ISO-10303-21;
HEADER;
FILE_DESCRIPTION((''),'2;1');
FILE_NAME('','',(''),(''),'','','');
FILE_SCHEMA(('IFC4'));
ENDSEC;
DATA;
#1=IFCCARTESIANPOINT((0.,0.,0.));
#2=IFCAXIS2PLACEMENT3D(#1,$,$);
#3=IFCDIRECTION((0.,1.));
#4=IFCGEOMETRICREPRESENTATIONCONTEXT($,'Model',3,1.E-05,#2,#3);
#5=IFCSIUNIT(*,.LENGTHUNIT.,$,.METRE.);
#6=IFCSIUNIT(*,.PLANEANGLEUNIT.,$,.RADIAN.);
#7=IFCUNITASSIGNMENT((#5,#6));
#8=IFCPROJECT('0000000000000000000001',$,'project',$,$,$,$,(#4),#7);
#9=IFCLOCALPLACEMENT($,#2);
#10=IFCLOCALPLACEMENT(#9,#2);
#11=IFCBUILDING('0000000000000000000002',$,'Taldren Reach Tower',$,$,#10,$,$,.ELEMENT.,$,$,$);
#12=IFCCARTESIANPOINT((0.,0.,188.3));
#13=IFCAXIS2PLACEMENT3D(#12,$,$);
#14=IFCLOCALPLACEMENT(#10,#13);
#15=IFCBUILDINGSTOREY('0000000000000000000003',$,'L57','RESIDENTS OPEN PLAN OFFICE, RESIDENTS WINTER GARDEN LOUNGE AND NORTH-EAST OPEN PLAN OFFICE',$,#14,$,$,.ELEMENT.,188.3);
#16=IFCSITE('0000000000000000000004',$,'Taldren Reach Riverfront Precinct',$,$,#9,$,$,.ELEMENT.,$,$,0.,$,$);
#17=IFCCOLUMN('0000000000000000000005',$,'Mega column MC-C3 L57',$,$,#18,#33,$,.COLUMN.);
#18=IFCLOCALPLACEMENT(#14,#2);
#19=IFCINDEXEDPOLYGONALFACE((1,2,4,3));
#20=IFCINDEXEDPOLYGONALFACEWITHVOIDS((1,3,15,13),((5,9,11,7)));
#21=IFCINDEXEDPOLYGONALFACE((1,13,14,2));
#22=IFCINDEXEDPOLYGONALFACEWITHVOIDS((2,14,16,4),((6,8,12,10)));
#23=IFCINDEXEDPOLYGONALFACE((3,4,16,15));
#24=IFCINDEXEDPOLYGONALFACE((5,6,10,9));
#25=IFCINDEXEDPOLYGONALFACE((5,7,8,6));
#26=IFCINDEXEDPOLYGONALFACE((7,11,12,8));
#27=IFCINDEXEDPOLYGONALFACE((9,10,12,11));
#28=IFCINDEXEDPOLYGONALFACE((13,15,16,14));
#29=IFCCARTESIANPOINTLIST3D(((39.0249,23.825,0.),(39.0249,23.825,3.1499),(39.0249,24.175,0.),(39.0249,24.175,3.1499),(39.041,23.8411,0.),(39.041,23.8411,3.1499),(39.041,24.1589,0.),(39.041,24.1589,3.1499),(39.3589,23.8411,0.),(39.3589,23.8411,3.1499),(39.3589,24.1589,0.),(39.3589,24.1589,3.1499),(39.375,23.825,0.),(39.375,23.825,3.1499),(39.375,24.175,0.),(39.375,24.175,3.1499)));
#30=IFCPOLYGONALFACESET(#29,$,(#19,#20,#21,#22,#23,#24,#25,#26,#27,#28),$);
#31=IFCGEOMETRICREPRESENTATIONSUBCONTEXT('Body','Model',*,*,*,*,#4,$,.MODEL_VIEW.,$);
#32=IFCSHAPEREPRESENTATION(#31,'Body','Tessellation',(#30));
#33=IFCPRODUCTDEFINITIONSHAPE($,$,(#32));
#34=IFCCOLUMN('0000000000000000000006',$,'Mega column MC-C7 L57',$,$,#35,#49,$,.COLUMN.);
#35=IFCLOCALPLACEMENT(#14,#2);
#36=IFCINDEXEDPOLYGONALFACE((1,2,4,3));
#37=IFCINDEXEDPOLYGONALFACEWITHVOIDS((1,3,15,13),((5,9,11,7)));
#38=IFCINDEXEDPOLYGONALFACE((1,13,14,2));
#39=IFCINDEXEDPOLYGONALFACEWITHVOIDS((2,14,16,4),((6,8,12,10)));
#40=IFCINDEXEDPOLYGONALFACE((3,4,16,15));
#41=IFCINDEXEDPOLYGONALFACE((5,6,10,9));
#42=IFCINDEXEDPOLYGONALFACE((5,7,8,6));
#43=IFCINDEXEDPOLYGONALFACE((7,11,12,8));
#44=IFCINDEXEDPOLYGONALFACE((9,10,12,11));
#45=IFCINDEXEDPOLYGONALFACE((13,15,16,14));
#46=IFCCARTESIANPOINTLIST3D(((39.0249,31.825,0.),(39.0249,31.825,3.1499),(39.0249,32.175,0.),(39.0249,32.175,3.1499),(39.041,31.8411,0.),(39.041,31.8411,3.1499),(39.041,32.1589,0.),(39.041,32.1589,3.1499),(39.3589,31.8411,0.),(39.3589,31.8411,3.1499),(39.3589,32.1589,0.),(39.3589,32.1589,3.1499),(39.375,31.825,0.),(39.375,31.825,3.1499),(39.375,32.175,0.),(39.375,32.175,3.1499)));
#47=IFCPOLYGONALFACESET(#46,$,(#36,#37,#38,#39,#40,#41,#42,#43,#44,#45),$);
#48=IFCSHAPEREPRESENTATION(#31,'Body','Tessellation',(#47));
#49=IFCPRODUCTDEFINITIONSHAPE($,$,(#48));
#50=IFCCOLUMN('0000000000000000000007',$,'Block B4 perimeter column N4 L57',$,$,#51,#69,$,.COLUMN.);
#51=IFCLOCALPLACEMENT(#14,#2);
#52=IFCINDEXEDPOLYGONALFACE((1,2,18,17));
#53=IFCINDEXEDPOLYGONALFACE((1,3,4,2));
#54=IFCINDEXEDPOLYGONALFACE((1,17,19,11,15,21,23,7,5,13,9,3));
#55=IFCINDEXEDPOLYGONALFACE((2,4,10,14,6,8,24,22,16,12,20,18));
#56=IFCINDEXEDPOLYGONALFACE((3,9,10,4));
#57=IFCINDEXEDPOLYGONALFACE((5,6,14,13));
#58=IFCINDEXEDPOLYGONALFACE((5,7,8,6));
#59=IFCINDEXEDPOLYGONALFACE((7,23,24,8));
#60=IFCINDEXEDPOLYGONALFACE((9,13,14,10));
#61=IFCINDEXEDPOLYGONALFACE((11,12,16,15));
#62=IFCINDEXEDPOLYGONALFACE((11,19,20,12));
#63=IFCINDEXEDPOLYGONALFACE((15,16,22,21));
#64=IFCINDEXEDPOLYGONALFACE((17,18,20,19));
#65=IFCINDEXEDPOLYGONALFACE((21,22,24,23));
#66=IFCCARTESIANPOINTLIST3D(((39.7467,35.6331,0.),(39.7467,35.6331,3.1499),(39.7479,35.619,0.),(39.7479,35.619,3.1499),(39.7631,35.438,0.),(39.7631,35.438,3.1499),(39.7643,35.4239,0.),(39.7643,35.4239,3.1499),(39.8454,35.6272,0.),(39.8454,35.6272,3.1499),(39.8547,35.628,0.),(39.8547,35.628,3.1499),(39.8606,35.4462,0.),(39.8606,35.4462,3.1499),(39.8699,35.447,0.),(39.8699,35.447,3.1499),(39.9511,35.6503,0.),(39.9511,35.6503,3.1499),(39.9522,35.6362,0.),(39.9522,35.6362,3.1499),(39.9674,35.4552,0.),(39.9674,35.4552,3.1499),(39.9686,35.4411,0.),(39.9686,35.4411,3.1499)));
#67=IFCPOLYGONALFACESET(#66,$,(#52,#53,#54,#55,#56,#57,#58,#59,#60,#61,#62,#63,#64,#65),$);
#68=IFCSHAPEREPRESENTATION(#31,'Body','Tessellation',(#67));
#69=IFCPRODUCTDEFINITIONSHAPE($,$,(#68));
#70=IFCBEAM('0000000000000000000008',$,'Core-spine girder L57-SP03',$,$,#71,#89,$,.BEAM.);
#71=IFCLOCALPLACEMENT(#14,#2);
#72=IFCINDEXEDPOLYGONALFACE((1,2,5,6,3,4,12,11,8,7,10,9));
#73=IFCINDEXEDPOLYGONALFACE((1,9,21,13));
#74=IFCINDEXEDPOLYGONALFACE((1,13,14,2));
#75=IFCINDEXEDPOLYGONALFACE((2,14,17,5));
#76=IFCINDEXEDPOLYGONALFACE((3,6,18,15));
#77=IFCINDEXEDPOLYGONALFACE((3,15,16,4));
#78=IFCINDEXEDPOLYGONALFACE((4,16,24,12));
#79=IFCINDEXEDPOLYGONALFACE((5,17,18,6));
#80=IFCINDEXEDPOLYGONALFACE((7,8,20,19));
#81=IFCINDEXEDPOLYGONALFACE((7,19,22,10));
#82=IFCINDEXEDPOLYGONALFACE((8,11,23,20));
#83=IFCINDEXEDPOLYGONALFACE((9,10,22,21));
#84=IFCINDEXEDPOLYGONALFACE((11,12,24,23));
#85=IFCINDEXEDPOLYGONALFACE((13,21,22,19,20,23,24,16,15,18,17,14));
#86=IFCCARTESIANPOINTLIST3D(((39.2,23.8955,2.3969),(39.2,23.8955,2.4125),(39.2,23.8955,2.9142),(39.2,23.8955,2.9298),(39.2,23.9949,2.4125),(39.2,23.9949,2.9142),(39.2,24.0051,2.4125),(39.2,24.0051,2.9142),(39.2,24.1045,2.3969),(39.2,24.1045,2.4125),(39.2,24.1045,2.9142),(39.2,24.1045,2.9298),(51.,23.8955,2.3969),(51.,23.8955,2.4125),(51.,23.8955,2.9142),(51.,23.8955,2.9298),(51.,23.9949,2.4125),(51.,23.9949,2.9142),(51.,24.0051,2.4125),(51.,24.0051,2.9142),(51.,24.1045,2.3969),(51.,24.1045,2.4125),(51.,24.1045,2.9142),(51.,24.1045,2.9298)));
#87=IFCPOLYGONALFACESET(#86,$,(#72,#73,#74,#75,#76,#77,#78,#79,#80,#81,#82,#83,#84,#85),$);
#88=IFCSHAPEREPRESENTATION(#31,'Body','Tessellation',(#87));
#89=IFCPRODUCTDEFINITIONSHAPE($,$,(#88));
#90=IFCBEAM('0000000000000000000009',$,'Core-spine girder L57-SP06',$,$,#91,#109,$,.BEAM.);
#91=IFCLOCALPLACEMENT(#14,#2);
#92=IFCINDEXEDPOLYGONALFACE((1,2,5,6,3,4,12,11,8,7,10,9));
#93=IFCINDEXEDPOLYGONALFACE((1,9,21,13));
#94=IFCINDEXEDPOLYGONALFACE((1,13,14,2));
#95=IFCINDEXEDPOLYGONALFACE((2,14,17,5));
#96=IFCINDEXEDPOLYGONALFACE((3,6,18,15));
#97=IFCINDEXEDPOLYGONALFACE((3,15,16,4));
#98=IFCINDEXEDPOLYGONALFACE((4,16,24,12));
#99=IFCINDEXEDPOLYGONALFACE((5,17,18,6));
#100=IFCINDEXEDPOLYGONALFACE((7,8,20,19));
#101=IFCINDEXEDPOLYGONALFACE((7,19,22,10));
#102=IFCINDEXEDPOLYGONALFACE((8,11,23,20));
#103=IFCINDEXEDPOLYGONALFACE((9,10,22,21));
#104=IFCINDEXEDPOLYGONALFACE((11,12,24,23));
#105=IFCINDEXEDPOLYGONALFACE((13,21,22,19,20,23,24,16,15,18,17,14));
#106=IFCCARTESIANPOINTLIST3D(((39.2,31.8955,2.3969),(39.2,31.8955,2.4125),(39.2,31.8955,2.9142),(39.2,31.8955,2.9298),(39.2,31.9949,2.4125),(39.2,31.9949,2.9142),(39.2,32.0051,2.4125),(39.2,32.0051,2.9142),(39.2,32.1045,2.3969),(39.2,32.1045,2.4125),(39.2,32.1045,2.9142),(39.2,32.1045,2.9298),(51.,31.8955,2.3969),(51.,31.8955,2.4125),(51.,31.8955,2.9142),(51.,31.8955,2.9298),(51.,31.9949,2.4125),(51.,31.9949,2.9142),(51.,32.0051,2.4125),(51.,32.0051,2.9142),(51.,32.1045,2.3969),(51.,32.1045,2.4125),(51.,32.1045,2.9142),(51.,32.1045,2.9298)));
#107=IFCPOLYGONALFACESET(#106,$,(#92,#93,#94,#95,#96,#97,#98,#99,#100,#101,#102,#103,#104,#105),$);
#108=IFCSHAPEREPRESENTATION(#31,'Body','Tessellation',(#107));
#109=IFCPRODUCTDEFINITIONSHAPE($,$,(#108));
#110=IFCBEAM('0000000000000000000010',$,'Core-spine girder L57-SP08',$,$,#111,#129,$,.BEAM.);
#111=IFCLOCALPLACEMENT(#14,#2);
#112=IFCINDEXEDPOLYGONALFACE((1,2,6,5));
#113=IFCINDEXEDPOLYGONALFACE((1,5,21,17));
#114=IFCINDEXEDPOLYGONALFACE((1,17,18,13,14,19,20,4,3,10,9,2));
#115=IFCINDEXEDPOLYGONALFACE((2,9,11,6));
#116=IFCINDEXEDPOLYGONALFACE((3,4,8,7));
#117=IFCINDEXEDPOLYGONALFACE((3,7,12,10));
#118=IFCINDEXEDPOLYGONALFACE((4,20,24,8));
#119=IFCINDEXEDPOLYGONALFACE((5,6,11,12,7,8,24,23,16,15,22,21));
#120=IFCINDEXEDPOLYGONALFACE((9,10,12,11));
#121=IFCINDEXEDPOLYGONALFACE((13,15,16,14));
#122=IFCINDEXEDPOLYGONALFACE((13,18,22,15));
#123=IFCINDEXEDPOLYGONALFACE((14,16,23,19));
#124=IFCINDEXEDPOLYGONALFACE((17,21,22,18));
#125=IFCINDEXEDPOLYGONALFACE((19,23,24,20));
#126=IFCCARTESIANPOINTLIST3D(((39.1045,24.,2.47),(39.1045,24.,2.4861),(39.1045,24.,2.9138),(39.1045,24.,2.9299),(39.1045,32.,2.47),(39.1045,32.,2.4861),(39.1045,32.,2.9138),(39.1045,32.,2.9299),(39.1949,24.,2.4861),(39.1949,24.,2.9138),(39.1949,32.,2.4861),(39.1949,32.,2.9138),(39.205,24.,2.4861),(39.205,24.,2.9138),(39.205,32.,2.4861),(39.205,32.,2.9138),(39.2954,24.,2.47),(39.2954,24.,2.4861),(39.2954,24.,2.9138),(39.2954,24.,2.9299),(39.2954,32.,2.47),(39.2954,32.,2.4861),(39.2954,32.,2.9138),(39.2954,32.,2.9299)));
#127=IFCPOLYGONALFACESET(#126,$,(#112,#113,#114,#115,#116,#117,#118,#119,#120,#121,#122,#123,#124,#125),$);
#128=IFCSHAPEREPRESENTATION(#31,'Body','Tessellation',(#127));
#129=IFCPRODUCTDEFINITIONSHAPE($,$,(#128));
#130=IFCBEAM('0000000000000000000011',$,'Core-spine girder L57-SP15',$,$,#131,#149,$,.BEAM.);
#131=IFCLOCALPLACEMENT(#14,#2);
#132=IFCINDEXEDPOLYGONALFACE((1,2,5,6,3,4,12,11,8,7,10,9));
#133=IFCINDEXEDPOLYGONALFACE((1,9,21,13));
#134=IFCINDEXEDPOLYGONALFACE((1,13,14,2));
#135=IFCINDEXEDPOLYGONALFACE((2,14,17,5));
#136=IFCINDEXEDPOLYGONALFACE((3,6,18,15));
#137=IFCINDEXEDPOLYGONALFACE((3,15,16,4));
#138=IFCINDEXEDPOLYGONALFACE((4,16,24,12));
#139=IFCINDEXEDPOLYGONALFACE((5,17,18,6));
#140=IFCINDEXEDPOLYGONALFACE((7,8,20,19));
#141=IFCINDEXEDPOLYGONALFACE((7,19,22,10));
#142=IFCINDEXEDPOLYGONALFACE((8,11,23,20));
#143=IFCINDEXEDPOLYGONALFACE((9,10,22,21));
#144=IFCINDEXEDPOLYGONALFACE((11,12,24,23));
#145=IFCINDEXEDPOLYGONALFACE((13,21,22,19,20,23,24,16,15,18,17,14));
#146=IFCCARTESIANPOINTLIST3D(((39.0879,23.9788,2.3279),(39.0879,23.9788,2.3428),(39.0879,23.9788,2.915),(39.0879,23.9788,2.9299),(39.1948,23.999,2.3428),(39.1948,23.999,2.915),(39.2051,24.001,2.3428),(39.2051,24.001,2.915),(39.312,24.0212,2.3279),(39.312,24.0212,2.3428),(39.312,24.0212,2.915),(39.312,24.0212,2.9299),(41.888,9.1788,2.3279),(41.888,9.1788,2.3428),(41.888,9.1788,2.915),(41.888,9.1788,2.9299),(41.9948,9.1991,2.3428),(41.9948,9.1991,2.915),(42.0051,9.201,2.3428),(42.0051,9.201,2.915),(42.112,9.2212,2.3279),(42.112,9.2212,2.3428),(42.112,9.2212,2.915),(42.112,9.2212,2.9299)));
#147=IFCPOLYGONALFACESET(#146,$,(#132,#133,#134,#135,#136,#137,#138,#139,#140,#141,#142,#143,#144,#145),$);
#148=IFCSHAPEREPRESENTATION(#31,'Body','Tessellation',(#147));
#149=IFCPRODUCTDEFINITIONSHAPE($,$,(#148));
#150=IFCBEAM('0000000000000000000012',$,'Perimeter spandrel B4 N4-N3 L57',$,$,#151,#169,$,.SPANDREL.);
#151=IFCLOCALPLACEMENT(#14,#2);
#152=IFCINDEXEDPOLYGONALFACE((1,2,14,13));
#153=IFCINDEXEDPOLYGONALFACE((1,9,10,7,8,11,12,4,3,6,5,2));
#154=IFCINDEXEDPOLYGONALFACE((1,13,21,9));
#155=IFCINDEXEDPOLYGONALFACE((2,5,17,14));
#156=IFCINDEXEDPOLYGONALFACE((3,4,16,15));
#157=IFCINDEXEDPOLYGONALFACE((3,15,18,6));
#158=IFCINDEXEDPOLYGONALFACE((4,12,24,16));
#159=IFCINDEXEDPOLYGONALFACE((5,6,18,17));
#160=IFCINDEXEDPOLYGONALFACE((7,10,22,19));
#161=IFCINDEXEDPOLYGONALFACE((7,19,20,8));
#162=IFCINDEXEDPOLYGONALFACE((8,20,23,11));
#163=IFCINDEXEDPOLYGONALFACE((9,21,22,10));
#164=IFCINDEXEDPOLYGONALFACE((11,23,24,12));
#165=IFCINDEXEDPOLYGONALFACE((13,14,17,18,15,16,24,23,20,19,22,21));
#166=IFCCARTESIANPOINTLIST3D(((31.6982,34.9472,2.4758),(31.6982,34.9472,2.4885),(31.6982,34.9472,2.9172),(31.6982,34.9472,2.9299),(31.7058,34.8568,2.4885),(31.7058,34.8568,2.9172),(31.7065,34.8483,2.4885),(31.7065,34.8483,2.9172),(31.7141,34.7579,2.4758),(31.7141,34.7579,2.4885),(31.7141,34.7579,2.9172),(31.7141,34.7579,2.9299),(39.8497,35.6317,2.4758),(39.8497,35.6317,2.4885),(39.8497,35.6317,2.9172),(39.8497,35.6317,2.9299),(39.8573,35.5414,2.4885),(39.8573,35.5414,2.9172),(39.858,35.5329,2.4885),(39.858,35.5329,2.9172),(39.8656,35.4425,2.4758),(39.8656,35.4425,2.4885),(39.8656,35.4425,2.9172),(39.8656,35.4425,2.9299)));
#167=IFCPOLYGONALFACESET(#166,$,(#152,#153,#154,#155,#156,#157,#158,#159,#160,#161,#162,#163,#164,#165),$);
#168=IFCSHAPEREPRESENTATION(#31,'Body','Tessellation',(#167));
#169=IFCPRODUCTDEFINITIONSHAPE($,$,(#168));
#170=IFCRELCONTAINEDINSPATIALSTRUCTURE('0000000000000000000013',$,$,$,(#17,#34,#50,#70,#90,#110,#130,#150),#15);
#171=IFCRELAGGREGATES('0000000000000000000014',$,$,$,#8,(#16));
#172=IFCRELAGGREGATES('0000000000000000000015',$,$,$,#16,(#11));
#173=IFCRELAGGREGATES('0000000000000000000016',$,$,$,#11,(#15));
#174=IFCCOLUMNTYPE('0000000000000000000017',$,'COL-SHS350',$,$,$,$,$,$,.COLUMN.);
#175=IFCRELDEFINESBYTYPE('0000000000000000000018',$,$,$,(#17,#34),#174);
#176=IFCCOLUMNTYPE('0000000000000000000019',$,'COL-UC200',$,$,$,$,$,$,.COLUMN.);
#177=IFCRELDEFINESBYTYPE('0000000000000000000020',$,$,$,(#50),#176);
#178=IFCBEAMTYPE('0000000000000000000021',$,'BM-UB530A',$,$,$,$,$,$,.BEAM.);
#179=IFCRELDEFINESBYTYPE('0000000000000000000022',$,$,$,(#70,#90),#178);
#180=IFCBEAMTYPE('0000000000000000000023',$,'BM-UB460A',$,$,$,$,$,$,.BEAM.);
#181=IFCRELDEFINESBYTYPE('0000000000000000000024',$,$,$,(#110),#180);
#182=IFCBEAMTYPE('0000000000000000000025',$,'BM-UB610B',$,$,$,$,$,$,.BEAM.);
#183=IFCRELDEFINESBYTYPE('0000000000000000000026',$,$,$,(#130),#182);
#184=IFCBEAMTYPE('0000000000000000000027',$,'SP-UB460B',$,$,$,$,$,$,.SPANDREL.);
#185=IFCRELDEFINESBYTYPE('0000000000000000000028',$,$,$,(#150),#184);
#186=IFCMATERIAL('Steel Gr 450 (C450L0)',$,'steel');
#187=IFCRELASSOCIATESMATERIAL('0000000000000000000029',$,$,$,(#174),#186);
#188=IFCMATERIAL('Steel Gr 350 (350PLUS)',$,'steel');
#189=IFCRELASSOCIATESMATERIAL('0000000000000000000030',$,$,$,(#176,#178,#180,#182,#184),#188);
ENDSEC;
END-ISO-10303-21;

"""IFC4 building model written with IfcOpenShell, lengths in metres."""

from ifc_helpers import new_model, si_unit, direction, frame, origin, origin_2d, place, context, subcontext, project, spatial, hollow_rectangle, i_section, extrude, source, transform, mapped, material, material_profile, profile_set, type_object, element, save


model = new_model("IFC4")

# Units and contexts
model_context = context("Model", 3, precision=1e-05, world=origin(), true_north=direction((0.0, 1.0)))
body_context = subcontext(model_context, "Body", "Model", "MODEL_VIEW")
ifc_project = project(units=[si_unit("LENGTHUNIT", "METRE"), si_unit("PLANEANGLEUNIT", "RADIAN")], contexts=[model_context])

# Site, building, storey
site_placement = place(None, origin())
site = spatial("IfcSite", under=ifc_project, at=site_placement, Name="Taldren Reach Riverfront Precinct", CompositionType="ELEMENT", RefElevation=0.0)
building_placement = place(site_placement, origin())
building = spatial("IfcBuilding", under=site, at=building_placement, Name="Taldren Reach Tower", CompositionType="ELEMENT")
storey_placement = place(building_placement, frame((0.0, 0.0, 188.3)))
storey = spatial("IfcBuildingStorey", under=building, at=storey_placement, Name="L57", Description="RESIDENTS OPEN PLAN OFFICE, RESIDENTS WINTER GARDEN LOUNGE AND NORTH-EAST OPEN PLAN OFFICE", CompositionType="ELEMENT", Elevation=188.3)

# Columns
ifc_material_1 = material(Name="Steel Gr 450 (C450L0)", Category="steel")
ifc_material_profile_1 = material_profile(ifc_material_1, hollow_rectangle(XDim=0.3501, YDim=0.3501, WallThickness=0.0161, at=origin_2d()), Name="350x350x16.0SHS")
ifc_profile_set_1 = profile_set([ifc_material_profile_1], Name="Steel Gr 450 (C450L0)")
column_type_1 = type_object("IfcColumnType", Name="COL-SHS350", PredefinedType="COLUMN", material=ifc_profile_set_1)
shared_shape_1 = source(origin(), body_context, "Body", "SweptSolid", [
    extrude(hollow_rectangle(XDim=0.3501, YDim=0.3501, WallThickness=0.0161, at=origin_2d()), origin(), (0.0, 0.0, 1.0), 3.1499),
])
for number, where, z_axis, x_axis, name in (
    (1, (39.2, 24.0, 0.0), (0.0, 0.0, 1.0), (1.0, 0.0, 0.0), "Mega column MC-C3 L57"),
    (2, (39.2, 32.0, 0.0), (0.0, 0.0, 1.0), (1.0, 0.0, 0.0), "Mega column MC-C7 L57"),
):
    element("IfcColumn", number, at=place(storey_placement, frame(where, z_axis=z_axis, x_axis=x_axis)), inside=storey, type_object=column_type_1, Name=name, PredefinedType="COLUMN", context=body_context, shape_type="MappedRepresentation", body=[
        mapped(shared_shape_1, transform((0.0, 0.0, 0.0), scale=1.0)),
    ])
ifc_material_2 = material(Name="Steel Gr 350 (350PLUS)", Category="steel")
ifc_material_profile_2 = material_profile(ifc_material_2, i_section(OverallWidth=0.2051, OverallDepth=0.21, WebThickness=0.0093, FlangeThickness=0.0142, at=origin_2d()), Name="200UC59.5")
ifc_profile_set_2 = profile_set([ifc_material_profile_2], Name="Steel Gr 350 (350PLUS)")
column_type_2 = type_object("IfcColumnType", Name="COL-UC200", PredefinedType="COLUMN", material=ifc_profile_set_2)
shared_shape_2 = source(origin(), body_context, "Body", "SweptSolid", [
    extrude(i_section(OverallWidth=0.2051, OverallDepth=0.21, WebThickness=0.0093, FlangeThickness=0.0142, at=origin_2d()), origin(), (0.0, 0.0, 1.0), 3.1499),
])
column_placement = place(storey_placement, frame((39.8577, 35.5371, 0.0), z_axis=(0.0, 0.0, 1.0), x_axis=(0.996493, 0.083678, 0.0)))
element("IfcColumn", 3, at=column_placement, inside=storey, type_object=column_type_2, Name="Block B4 perimeter column N4 L57", PredefinedType="COLUMN", context=body_context, shape_type="MappedRepresentation", body=[
    mapped(shared_shape_2, transform((0.0, 0.0, 0.0), scale=1.0)),
])

# Beams
ifc_material_profile_3 = material_profile(ifc_material_2, i_section(OverallWidth=0.209, OverallDepth=0.533, WebThickness=0.0103, FlangeThickness=0.0156, at=origin_2d()), Name="530UB92.4")
ifc_profile_set_3 = profile_set([ifc_material_profile_3], Name="Steel Gr 350 (350PLUS)")
beam_type_1 = type_object("IfcBeamType", Name="BM-UB530A", PredefinedType="BEAM", material=ifc_profile_set_3)
shared_shape_3 = source(origin(), body_context, "Body", "SweptSolid", [
    extrude(i_section(OverallWidth=0.209, OverallDepth=0.533, WebThickness=0.0103, FlangeThickness=0.0156, at=origin_2d()), origin(), (0.0, 0.0, 1.0), 11.8),
])
for number, where, z_axis, x_axis, name in (
    (4, (39.2, 24.0, 2.6633), (1.0, 0.0, 0.0), (0.0, 1.0, 0.0), "Core-spine girder L57-SP03"),
    (5, (39.2, 32.0, 2.6633), (1.0, 0.0, 0.0), (0.0, 1.0, 0.0), "Core-spine girder L57-SP06"),
):
    element("IfcBeam", number, at=place(storey_placement, frame(where, z_axis=z_axis, x_axis=x_axis)), inside=storey, type_object=beam_type_1, Name=name, PredefinedType="BEAM", context=body_context, shape_type="MappedRepresentation", body=[
        mapped(shared_shape_3, transform((0.0, 0.0, 0.0), scale=1.0)),
    ])
ifc_material_profile_4 = material_profile(ifc_material_2, i_section(OverallWidth=0.1909, OverallDepth=0.46, WebThickness=0.01, FlangeThickness=0.0161, at=origin_2d()), Name="460UB82.1")
ifc_profile_set_4 = profile_set([ifc_material_profile_4], Name="Steel Gr 350 (350PLUS)")
beam_type_2 = type_object("IfcBeamType", Name="BM-UB460A", PredefinedType="BEAM", material=ifc_profile_set_4)
shared_shape_4 = source(origin(), body_context, "Body", "SweptSolid", [
    extrude(i_section(OverallWidth=0.1909, OverallDepth=0.46, WebThickness=0.01, FlangeThickness=0.0161, at=origin_2d()), origin(), (0.0, 0.0, 1.0), 8.0),
])
beam_1_placement = place(storey_placement, frame((39.2, 24.0, 2.7), z_axis=(0.0, 1.0, 0.0), x_axis=(-1.0, 0.0, 0.0)))
element("IfcBeam", 6, at=beam_1_placement, inside=storey, type_object=beam_type_2, Name="Core-spine girder L57-SP08", PredefinedType="BEAM", context=body_context, shape_type="MappedRepresentation", body=[
    mapped(shared_shape_4, transform((0.0, 0.0, 0.0), scale=1.0)),
])
ifc_material_profile_5 = material_profile(ifc_material_2, i_section(OverallWidth=0.228, OverallDepth=0.6021, WebThickness=0.0105, FlangeThickness=0.0149, at=origin_2d()), Name="610UB101")
ifc_profile_set_5 = profile_set([ifc_material_profile_5], Name="Steel Gr 350 (350PLUS)")
beam_type_3 = type_object("IfcBeamType", Name="BM-UB610B", PredefinedType="BEAM", material=ifc_profile_set_5)
shared_shape_5 = source(origin(), body_context, "Body", "SweptSolid", [
    extrude(i_section(OverallWidth=0.228, OverallDepth=0.6021, WebThickness=0.0105, FlangeThickness=0.0149, at=origin_2d()), origin(), (0.0, 0.0, 1.0), 15.0625),
])
beam_2_placement = place(storey_placement, frame((39.2, 24.0, 2.6289), z_axis=(0.185894, -0.98257, 0.0), x_axis=(0.98257, 0.185894, 0.0)))
element("IfcBeam", 7, at=beam_2_placement, inside=storey, type_object=beam_type_3, Name="Core-spine girder L57-SP15", PredefinedType="BEAM", context=body_context, shape_type="MappedRepresentation", body=[
    mapped(shared_shape_5, transform((0.0, 0.0, 0.0), scale=1.0)),
])
ifc_material_profile_6 = material_profile(ifc_material_2, i_section(OverallWidth=0.1899, OverallDepth=0.4541, WebThickness=0.0085, FlangeThickness=0.0127, at=origin_2d()), Name="460UB67.1")
ifc_profile_set_6 = profile_set([ifc_material_profile_6], Name="Steel Gr 350 (350PLUS)")
beam_type_4 = type_object("IfcBeamType", Name="SP-UB460B", PredefinedType="SPANDREL", material=ifc_profile_set_6)
shared_shape_6 = source(origin(), body_context, "Body", "SweptSolid", [
    extrude(i_section(OverallWidth=0.1899, OverallDepth=0.4541, WebThickness=0.0085, FlangeThickness=0.0127, at=origin_2d()), origin(), (0.0, 0.0, 1.0), 8.1802),
])
beam_3_placement = place(storey_placement, frame((39.8577, 35.5371, 2.7029), z_axis=(-0.996492, -0.083688, 0.0), x_axis=(0.083688, -0.996492, 0.0)))
element("IfcBeam", 8, at=beam_3_placement, inside=storey, type_object=beam_type_4, Name="Perimeter spandrel B4 N4-N3 L57", PredefinedType="SPANDREL", context=body_context, shape_type="MappedRepresentation", body=[
    mapped(shared_shape_6, transform((0.0, 0.0, 0.0), scale=1.0)),
])

save(model, "model.ifc")
